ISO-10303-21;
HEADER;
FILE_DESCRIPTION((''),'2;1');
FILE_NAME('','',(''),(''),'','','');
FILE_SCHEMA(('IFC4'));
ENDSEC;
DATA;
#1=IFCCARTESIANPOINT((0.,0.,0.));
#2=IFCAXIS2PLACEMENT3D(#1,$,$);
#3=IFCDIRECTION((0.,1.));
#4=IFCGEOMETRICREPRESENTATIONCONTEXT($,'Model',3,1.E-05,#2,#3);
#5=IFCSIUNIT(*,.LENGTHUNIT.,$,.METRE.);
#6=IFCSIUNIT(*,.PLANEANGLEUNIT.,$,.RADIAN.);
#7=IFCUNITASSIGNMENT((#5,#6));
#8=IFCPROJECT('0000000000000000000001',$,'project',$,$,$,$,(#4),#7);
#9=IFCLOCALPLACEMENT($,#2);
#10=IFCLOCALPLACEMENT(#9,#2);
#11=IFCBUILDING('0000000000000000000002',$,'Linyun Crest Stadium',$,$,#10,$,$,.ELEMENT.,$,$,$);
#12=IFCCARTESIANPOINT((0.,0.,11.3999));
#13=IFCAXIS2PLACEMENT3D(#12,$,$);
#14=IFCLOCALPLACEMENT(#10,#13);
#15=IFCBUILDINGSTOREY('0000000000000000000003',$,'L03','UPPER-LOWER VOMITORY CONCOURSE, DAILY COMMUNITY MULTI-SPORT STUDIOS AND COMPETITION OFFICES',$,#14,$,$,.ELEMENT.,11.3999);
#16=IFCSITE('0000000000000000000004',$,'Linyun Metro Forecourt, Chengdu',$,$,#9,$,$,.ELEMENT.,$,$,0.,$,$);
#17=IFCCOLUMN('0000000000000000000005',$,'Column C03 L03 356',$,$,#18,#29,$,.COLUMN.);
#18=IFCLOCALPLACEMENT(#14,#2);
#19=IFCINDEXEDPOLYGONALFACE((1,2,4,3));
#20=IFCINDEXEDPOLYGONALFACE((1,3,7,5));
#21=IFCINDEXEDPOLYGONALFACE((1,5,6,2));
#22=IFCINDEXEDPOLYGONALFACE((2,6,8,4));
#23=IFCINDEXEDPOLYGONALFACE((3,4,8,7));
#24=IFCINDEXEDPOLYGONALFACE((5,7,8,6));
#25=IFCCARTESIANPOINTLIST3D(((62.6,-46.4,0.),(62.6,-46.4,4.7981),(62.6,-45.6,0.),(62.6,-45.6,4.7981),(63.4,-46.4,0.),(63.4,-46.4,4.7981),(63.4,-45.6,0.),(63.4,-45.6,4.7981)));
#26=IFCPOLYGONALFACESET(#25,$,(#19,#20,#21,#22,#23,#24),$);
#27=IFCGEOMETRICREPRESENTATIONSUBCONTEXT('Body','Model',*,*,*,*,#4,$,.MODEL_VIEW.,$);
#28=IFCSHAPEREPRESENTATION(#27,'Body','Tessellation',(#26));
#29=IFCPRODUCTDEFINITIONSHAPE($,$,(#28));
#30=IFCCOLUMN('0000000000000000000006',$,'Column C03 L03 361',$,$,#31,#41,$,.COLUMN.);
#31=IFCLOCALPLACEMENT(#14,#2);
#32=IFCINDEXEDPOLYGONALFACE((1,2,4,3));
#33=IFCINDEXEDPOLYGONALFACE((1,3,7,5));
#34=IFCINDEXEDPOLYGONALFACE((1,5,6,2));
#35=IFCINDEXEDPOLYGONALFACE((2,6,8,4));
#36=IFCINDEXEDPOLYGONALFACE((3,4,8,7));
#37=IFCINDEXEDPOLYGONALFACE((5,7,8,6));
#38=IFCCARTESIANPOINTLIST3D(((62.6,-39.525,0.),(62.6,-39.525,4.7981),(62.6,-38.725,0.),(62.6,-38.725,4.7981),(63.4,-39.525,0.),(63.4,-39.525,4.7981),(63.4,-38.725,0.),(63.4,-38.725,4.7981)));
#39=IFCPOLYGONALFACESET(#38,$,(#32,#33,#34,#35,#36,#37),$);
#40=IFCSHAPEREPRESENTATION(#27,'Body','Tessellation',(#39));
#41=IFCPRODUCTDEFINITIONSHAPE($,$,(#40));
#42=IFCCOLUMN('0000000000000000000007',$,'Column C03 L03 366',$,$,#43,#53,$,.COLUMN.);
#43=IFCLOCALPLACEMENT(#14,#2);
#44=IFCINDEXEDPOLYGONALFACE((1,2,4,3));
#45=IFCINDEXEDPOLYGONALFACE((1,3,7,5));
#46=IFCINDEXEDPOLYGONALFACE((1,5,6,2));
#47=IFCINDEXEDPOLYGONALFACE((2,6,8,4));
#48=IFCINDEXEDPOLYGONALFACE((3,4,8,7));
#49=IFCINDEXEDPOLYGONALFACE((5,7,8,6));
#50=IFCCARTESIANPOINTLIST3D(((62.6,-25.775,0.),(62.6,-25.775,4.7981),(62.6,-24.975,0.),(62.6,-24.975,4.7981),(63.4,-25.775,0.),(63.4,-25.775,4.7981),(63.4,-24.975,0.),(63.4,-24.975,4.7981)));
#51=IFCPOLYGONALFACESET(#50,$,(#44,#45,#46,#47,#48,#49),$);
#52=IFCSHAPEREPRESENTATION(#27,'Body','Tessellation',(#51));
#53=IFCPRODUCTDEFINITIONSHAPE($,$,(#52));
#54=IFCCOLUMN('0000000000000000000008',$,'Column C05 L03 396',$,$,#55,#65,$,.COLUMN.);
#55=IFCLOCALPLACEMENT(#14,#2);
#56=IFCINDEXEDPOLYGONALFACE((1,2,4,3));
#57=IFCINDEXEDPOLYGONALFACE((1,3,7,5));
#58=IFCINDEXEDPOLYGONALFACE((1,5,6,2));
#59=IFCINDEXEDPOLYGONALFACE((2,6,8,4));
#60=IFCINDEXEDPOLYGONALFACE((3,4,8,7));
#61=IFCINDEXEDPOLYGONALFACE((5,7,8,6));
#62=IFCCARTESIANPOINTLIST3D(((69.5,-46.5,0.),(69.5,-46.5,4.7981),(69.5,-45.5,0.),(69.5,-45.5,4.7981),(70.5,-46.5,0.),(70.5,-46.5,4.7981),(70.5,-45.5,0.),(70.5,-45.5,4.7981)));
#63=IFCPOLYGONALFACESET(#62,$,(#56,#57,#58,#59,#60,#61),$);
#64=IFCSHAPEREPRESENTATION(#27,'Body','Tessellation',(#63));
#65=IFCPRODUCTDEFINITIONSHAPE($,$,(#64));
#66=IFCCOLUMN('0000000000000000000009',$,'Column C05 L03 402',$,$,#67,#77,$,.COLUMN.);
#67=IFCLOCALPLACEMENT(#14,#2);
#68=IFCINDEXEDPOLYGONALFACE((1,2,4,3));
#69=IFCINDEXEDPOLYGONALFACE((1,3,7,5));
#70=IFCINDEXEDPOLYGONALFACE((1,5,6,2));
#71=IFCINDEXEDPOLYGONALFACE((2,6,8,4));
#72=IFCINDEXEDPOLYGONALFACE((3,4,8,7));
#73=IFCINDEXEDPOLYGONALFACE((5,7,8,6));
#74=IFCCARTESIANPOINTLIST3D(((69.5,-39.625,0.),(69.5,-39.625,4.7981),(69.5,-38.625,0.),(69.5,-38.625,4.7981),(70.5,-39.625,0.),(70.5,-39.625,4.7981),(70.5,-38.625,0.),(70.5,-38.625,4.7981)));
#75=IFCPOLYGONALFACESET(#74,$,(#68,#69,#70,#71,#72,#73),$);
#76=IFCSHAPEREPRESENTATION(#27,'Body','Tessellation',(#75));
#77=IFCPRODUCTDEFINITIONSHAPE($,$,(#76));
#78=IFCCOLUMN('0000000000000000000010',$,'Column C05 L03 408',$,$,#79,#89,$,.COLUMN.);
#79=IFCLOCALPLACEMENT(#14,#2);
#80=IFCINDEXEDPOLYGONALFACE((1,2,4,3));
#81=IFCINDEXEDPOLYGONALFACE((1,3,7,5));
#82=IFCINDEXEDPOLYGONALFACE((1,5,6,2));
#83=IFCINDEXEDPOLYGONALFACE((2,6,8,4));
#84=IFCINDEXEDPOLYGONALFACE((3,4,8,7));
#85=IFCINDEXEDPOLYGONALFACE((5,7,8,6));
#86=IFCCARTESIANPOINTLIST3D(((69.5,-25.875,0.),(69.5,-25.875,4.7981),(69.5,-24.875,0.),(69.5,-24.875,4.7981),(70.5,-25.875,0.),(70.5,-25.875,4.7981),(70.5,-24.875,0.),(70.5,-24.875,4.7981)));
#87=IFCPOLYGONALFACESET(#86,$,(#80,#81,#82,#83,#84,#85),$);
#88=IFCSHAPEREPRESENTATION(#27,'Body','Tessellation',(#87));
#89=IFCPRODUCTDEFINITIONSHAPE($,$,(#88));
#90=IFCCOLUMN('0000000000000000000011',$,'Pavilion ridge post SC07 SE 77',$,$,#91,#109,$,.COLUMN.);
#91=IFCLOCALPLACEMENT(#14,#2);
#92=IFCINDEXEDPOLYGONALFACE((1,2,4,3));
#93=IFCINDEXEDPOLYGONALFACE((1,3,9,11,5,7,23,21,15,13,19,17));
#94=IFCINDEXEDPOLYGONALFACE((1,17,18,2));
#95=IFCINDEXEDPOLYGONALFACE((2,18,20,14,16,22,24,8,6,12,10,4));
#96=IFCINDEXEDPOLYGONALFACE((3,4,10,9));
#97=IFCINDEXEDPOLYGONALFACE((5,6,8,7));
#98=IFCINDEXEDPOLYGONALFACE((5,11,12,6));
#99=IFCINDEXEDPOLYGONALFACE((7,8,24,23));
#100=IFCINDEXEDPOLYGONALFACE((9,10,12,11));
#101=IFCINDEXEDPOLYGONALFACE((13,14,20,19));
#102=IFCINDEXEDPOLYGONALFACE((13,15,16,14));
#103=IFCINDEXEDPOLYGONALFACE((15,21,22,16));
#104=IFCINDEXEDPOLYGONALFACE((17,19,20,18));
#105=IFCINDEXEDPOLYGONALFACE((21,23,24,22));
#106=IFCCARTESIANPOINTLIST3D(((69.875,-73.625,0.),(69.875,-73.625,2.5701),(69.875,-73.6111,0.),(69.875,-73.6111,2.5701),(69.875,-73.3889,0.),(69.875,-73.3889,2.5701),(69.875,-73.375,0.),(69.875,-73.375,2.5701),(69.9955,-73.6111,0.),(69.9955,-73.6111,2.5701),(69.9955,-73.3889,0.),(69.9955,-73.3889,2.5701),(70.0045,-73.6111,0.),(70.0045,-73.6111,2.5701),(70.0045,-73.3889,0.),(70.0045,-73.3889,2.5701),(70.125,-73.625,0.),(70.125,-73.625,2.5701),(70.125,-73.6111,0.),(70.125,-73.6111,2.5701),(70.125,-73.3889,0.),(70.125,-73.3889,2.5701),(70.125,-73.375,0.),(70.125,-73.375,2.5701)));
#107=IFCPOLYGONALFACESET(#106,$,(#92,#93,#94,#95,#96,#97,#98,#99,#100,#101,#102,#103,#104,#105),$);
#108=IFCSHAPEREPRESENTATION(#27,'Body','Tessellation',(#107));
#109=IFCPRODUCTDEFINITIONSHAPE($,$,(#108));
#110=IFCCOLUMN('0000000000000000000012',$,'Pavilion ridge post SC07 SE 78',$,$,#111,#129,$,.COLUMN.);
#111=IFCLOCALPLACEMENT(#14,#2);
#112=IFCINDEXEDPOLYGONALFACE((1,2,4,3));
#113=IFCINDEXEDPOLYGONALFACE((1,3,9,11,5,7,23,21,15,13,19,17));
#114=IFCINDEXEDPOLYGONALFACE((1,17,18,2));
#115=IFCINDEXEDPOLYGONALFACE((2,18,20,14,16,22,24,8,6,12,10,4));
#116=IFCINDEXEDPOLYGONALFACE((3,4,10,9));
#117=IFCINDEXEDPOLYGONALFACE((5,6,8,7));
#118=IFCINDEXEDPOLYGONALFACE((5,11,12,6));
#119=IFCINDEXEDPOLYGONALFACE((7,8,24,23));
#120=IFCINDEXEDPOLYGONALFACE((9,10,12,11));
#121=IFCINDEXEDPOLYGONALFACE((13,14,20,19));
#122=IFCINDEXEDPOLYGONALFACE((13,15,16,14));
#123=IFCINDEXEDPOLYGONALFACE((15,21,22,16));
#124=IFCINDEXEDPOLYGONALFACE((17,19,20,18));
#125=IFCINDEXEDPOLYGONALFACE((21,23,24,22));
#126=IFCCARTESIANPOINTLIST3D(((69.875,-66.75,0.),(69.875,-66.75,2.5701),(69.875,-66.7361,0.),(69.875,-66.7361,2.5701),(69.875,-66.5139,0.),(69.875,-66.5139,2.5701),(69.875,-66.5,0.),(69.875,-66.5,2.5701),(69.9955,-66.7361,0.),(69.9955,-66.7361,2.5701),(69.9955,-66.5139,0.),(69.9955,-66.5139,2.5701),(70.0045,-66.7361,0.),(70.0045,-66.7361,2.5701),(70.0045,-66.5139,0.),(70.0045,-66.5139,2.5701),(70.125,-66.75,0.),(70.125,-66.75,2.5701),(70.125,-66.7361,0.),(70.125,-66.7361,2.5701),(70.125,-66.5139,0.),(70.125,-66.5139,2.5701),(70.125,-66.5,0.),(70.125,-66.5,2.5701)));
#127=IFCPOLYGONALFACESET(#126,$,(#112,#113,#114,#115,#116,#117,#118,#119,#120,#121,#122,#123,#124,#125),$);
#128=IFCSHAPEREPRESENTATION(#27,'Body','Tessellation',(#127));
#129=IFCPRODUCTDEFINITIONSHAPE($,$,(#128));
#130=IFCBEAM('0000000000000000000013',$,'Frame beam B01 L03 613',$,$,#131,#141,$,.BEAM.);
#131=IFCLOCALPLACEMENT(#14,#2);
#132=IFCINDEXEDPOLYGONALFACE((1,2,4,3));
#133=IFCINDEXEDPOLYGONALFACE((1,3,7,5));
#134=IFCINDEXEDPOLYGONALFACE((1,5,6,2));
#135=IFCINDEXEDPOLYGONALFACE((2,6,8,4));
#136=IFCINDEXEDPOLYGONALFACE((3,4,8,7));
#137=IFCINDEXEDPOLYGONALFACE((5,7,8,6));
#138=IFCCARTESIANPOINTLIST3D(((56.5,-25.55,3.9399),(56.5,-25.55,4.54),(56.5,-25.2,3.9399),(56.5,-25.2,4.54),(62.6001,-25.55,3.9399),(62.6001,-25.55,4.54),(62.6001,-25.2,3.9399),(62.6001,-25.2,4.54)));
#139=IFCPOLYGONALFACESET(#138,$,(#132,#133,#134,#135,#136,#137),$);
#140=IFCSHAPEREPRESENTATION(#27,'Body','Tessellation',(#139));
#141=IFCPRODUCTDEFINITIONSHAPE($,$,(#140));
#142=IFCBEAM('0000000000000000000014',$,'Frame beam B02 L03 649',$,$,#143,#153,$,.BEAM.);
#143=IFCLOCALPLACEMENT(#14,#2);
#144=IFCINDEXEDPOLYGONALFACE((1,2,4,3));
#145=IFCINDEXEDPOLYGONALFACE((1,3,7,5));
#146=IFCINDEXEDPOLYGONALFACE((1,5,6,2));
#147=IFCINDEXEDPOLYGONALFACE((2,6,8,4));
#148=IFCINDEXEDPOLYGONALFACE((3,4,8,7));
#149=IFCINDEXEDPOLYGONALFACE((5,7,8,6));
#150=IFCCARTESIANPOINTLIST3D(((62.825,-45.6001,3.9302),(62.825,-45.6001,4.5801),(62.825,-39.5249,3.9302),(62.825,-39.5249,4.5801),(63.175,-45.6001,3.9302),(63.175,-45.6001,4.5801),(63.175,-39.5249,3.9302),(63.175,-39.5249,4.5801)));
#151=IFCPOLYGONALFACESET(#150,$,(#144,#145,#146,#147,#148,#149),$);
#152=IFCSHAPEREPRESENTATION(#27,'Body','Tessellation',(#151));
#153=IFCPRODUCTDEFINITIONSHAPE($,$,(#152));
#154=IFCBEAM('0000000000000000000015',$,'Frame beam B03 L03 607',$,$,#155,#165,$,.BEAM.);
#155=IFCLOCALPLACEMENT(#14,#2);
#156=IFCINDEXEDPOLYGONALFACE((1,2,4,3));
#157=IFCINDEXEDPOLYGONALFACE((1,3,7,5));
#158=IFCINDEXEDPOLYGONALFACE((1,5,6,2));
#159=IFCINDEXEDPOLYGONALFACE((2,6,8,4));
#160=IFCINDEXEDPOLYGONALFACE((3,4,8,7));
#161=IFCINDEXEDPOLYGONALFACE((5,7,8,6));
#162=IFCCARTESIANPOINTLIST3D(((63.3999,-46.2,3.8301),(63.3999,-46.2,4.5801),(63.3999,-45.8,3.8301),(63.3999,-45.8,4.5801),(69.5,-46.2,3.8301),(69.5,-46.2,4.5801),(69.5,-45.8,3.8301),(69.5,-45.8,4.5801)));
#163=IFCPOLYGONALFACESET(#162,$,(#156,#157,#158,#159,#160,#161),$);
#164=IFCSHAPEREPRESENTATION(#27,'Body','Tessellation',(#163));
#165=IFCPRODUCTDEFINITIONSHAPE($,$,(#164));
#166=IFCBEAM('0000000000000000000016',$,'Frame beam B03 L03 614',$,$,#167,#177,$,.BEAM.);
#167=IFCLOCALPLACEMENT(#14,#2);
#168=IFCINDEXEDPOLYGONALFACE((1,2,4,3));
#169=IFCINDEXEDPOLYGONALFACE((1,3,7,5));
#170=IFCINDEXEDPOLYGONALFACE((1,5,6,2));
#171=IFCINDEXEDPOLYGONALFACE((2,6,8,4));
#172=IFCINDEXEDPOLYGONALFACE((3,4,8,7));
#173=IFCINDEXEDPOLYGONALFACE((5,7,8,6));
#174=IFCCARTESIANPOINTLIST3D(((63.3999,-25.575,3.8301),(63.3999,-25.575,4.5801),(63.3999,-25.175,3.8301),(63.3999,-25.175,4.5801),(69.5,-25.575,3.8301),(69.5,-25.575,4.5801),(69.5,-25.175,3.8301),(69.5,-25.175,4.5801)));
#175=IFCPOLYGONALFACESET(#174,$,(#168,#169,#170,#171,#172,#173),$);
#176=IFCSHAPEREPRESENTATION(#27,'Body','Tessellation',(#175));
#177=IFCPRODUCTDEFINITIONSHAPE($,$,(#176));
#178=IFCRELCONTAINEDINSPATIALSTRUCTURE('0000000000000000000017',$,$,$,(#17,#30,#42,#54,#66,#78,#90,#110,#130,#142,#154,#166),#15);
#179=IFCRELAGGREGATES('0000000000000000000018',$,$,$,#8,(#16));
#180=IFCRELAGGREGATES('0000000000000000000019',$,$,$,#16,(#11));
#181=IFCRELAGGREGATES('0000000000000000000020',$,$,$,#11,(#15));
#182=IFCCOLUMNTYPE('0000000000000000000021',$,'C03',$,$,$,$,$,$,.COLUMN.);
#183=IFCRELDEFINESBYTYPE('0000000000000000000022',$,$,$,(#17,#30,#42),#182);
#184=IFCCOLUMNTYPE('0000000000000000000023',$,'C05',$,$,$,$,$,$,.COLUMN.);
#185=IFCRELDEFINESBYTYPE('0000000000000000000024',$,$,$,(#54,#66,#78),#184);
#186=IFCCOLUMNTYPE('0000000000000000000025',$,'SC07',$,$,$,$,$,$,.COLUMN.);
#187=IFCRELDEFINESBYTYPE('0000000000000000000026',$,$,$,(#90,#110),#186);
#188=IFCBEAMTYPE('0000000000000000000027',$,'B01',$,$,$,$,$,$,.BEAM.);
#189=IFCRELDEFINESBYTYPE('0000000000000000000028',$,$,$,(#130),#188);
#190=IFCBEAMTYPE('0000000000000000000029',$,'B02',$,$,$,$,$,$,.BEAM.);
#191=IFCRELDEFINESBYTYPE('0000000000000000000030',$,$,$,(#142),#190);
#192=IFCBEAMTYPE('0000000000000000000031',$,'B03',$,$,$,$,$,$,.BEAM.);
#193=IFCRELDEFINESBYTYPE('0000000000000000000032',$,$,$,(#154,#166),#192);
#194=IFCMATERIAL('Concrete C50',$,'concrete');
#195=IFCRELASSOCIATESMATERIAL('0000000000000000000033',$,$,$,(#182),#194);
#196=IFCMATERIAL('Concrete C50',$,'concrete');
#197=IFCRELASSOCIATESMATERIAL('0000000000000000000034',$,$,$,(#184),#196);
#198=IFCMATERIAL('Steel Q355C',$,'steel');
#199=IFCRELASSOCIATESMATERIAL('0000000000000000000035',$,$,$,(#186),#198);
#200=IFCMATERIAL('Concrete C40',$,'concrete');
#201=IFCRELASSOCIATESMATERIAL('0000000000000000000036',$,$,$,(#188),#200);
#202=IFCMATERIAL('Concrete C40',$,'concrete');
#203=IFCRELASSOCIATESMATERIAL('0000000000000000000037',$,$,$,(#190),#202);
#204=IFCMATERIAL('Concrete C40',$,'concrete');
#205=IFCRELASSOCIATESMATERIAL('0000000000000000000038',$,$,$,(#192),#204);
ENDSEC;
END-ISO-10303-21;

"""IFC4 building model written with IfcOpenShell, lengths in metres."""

from ifc_helpers import new_model, si_unit, direction, frame, origin, origin_2d, place, context, subcontext, project, spatial, rectangle, i_section, extrude, material, material_profile, profile_set, type_object, element, save


model = new_model("IFC4")

# Units and contexts
model_context = context("Model", 3, precision=1e-05, world=origin(), true_north=direction((0.0, 1.0)))
body_context = subcontext(model_context, "Body", "Model", "MODEL_VIEW")
ifc_project = project(units=[si_unit("LENGTHUNIT", "METRE"), si_unit("PLANEANGLEUNIT", "RADIAN")], contexts=[model_context])

# Site, building, storey
site_placement = place(None, origin())
site = spatial("IfcSite", under=ifc_project, at=site_placement, Name="Linyun Metro Forecourt, Chengdu", CompositionType="ELEMENT", RefElevation=0.0)
building_placement = place(site_placement, origin())
building = spatial("IfcBuilding", under=site, at=building_placement, Name="Linyun Crest Stadium", CompositionType="ELEMENT")
storey_placement = place(building_placement, frame((0.0, 0.0, 11.3999)))
storey = spatial("IfcBuildingStorey", under=building, at=storey_placement, Name="L03", Description="UPPER-LOWER VOMITORY CONCOURSE, DAILY COMMUNITY MULTI-SPORT STUDIOS AND COMPETITION OFFICES", CompositionType="ELEMENT", Elevation=11.3999)

# Columns
ifc_material_1 = material(Name="Concrete C50", Category="concrete")
ifc_material_profile_1 = material_profile(ifc_material_1, rectangle(XDim=0.8, YDim=0.8, at=origin_2d()), Name="RC 800x800")
ifc_profile_set_1 = profile_set([ifc_material_profile_1], Name="Concrete C50")
column_type_1 = type_object("IfcColumnType", Name="C03", PredefinedType="COLUMN", material=ifc_profile_set_1)
for number, where, z_axis, x_axis, name in (
    (1, (63.0, -46.0, 0.0), (0.0, 0.0, 1.0), (1.0, 0.0, 0.0), "Column C03 L03 356"),
    (2, (63.0, -39.125, 0.0), (0.0, 0.0, 1.0), (1.0, 0.0, 0.0), "Column C03 L03 361"),
    (3, (63.0, -25.375, 0.0), (0.0, 0.0, 1.0), (1.0, 0.0, 0.0), "Column C03 L03 366"),
):
    element("IfcColumn", number, at=place(storey_placement, frame(where, z_axis=z_axis, x_axis=x_axis)), inside=storey, type_object=column_type_1, Name=name, PredefinedType="COLUMN", context=body_context, shape_type="SweptSolid", body=[
        extrude(rectangle(XDim=0.8, YDim=0.8, at=origin_2d()), origin(), (0.0, 0.0, 1.0), 4.7981),
    ])
ifc_material_2 = material(Name="Concrete C50", Category="concrete")
ifc_material_profile_2 = material_profile(ifc_material_2, rectangle(XDim=1.0, YDim=1.0, at=origin_2d()), Name="RC 1000x1000")
ifc_profile_set_2 = profile_set([ifc_material_profile_2], Name="Concrete C50")
column_type_2 = type_object("IfcColumnType", Name="C05", PredefinedType="COLUMN", material=ifc_profile_set_2)
for number, where, z_axis, x_axis, name in (
    (4, (70.0, -46.0, 0.0), (0.0, 0.0, 1.0), (1.0, 0.0, 0.0), "Column C05 L03 396"),
    (5, (70.0, -39.125, 0.0), (0.0, 0.0, 1.0), (1.0, 0.0, 0.0), "Column C05 L03 402"),
    (6, (70.0, -25.375, 0.0), (0.0, 0.0, 1.0), (1.0, 0.0, 0.0), "Column C05 L03 408"),
):
    element("IfcColumn", number, at=place(storey_placement, frame(where, z_axis=z_axis, x_axis=x_axis)), inside=storey, type_object=column_type_2, Name=name, PredefinedType="COLUMN", context=body_context, shape_type="SweptSolid", body=[
        extrude(rectangle(XDim=1.0, YDim=1.0, at=origin_2d()), origin(), (0.0, 0.0, 1.0), 4.7981),
    ])
ifc_material_3 = material(Name="Steel Q355C", Category="steel")
ifc_material_profile_3 = material_profile(ifc_material_3, i_section(OverallWidth=0.25, OverallDepth=0.25, WebThickness=0.009, FlangeThickness=0.0139, at=origin_2d()), Name="HW 250x250")
ifc_profile_set_3 = profile_set([ifc_material_profile_3], Name="Steel Q355C")
column_type_3 = type_object("IfcColumnType", Name="SC07", PredefinedType="COLUMN", material=ifc_profile_set_3)
for number, where, z_axis, x_axis, name in (
    (7, (70.0, -73.5, 0.0), (0.0, 0.0, 1.0), (1.0, 0.0, 0.0), "Pavilion ridge post SC07 SE 77"),
    (8, (70.0, -66.625, 0.0), (0.0, 0.0, 1.0), (1.0, 0.0, 0.0), "Pavilion ridge post SC07 SE 78"),
):
    element("IfcColumn", number, at=place(storey_placement, frame(where, z_axis=z_axis, x_axis=x_axis)), inside=storey, type_object=column_type_3, Name=name, PredefinedType="COLUMN", context=body_context, shape_type="SweptSolid", body=[
        extrude(i_section(OverallWidth=0.25, OverallDepth=0.25, WebThickness=0.009, FlangeThickness=0.0139, at=origin_2d()), origin(), (0.0, 0.0, 1.0), 2.5701),
    ])

# Beams
ifc_material_4 = material(Name="Concrete C40", Category="concrete")
ifc_material_profile_4 = material_profile(ifc_material_4, rectangle(XDim=0.3501, YDim=0.6001, at=origin_2d()), Name="RCB 600x350")
ifc_profile_set_4 = profile_set([ifc_material_profile_4], Name="Concrete C40")
beam_type_1 = type_object("IfcBeamType", Name="B01", PredefinedType="BEAM", material=ifc_profile_set_4)
beam_1_placement = place(storey_placement, frame((56.5, -25.375, 4.24), z_axis=(1.0, 0.0, 0.0), x_axis=(0.0, 1.0, 0.0)))
element("IfcBeam", 9, at=beam_1_placement, inside=storey, type_object=beam_type_1, Name="Frame beam B01 L03 613", PredefinedType="BEAM", context=body_context, shape_type="SweptSolid", body=[
    extrude(rectangle(XDim=0.3501, YDim=0.6001, at=origin_2d()), origin(), (0.0, 0.0, 1.0), 6.1001),
])
ifc_material_5 = material(Name="Concrete C40", Category="concrete")
ifc_material_profile_5 = material_profile(ifc_material_5, rectangle(XDim=0.3501, YDim=0.6499, at=origin_2d()), Name="RCB 650x350")
ifc_profile_set_5 = profile_set([ifc_material_profile_5], Name="Concrete C40")
beam_type_2 = type_object("IfcBeamType", Name="B02", PredefinedType="BEAM", material=ifc_profile_set_5)
beam_2_placement = place(storey_placement, frame((63.0, -45.6001, 4.2551), z_axis=(0.0, 1.0, 0.0), x_axis=(-1.0, 0.0, 0.0)))
element("IfcBeam", 10, at=beam_2_placement, inside=storey, type_object=beam_type_2, Name="Frame beam B02 L03 649", PredefinedType="BEAM", context=body_context, shape_type="SweptSolid", body=[
    extrude(rectangle(XDim=0.3501, YDim=0.6499, at=origin_2d()), origin(), (0.0, 0.0, 1.0), 6.0752),
])
ifc_material_6 = material(Name="Concrete C40", Category="concrete")
ifc_material_profile_6 = material_profile(ifc_material_6, rectangle(XDim=0.3999, YDim=0.75, at=origin_2d()), Name="RCB 750x400")
ifc_profile_set_6 = profile_set([ifc_material_profile_6], Name="Concrete C40")
beam_type_3 = type_object("IfcBeamType", Name="B03", PredefinedType="BEAM", material=ifc_profile_set_6)
for number, where, z_axis, x_axis, name in (
    (11, (63.3999, -46.0, 4.2051), (1.0, 0.0, 0.0), (0.0, 1.0, 0.0), "Frame beam B03 L03 607"),
    (12, (63.3999, -25.375, 4.2051), (1.0, 0.0, 0.0), (0.0, 1.0, 0.0), "Frame beam B03 L03 614"),
):
    element("IfcBeam", number, at=place(storey_placement, frame(where, z_axis=z_axis, x_axis=x_axis)), inside=storey, type_object=beam_type_3, Name=name, PredefinedType="BEAM", context=body_context, shape_type="SweptSolid", body=[
        extrude(rectangle(XDim=0.3999, YDim=0.75, at=origin_2d()), origin(), (0.0, 0.0, 1.0), 6.1001),
    ])

save(model, "model.ifc")
